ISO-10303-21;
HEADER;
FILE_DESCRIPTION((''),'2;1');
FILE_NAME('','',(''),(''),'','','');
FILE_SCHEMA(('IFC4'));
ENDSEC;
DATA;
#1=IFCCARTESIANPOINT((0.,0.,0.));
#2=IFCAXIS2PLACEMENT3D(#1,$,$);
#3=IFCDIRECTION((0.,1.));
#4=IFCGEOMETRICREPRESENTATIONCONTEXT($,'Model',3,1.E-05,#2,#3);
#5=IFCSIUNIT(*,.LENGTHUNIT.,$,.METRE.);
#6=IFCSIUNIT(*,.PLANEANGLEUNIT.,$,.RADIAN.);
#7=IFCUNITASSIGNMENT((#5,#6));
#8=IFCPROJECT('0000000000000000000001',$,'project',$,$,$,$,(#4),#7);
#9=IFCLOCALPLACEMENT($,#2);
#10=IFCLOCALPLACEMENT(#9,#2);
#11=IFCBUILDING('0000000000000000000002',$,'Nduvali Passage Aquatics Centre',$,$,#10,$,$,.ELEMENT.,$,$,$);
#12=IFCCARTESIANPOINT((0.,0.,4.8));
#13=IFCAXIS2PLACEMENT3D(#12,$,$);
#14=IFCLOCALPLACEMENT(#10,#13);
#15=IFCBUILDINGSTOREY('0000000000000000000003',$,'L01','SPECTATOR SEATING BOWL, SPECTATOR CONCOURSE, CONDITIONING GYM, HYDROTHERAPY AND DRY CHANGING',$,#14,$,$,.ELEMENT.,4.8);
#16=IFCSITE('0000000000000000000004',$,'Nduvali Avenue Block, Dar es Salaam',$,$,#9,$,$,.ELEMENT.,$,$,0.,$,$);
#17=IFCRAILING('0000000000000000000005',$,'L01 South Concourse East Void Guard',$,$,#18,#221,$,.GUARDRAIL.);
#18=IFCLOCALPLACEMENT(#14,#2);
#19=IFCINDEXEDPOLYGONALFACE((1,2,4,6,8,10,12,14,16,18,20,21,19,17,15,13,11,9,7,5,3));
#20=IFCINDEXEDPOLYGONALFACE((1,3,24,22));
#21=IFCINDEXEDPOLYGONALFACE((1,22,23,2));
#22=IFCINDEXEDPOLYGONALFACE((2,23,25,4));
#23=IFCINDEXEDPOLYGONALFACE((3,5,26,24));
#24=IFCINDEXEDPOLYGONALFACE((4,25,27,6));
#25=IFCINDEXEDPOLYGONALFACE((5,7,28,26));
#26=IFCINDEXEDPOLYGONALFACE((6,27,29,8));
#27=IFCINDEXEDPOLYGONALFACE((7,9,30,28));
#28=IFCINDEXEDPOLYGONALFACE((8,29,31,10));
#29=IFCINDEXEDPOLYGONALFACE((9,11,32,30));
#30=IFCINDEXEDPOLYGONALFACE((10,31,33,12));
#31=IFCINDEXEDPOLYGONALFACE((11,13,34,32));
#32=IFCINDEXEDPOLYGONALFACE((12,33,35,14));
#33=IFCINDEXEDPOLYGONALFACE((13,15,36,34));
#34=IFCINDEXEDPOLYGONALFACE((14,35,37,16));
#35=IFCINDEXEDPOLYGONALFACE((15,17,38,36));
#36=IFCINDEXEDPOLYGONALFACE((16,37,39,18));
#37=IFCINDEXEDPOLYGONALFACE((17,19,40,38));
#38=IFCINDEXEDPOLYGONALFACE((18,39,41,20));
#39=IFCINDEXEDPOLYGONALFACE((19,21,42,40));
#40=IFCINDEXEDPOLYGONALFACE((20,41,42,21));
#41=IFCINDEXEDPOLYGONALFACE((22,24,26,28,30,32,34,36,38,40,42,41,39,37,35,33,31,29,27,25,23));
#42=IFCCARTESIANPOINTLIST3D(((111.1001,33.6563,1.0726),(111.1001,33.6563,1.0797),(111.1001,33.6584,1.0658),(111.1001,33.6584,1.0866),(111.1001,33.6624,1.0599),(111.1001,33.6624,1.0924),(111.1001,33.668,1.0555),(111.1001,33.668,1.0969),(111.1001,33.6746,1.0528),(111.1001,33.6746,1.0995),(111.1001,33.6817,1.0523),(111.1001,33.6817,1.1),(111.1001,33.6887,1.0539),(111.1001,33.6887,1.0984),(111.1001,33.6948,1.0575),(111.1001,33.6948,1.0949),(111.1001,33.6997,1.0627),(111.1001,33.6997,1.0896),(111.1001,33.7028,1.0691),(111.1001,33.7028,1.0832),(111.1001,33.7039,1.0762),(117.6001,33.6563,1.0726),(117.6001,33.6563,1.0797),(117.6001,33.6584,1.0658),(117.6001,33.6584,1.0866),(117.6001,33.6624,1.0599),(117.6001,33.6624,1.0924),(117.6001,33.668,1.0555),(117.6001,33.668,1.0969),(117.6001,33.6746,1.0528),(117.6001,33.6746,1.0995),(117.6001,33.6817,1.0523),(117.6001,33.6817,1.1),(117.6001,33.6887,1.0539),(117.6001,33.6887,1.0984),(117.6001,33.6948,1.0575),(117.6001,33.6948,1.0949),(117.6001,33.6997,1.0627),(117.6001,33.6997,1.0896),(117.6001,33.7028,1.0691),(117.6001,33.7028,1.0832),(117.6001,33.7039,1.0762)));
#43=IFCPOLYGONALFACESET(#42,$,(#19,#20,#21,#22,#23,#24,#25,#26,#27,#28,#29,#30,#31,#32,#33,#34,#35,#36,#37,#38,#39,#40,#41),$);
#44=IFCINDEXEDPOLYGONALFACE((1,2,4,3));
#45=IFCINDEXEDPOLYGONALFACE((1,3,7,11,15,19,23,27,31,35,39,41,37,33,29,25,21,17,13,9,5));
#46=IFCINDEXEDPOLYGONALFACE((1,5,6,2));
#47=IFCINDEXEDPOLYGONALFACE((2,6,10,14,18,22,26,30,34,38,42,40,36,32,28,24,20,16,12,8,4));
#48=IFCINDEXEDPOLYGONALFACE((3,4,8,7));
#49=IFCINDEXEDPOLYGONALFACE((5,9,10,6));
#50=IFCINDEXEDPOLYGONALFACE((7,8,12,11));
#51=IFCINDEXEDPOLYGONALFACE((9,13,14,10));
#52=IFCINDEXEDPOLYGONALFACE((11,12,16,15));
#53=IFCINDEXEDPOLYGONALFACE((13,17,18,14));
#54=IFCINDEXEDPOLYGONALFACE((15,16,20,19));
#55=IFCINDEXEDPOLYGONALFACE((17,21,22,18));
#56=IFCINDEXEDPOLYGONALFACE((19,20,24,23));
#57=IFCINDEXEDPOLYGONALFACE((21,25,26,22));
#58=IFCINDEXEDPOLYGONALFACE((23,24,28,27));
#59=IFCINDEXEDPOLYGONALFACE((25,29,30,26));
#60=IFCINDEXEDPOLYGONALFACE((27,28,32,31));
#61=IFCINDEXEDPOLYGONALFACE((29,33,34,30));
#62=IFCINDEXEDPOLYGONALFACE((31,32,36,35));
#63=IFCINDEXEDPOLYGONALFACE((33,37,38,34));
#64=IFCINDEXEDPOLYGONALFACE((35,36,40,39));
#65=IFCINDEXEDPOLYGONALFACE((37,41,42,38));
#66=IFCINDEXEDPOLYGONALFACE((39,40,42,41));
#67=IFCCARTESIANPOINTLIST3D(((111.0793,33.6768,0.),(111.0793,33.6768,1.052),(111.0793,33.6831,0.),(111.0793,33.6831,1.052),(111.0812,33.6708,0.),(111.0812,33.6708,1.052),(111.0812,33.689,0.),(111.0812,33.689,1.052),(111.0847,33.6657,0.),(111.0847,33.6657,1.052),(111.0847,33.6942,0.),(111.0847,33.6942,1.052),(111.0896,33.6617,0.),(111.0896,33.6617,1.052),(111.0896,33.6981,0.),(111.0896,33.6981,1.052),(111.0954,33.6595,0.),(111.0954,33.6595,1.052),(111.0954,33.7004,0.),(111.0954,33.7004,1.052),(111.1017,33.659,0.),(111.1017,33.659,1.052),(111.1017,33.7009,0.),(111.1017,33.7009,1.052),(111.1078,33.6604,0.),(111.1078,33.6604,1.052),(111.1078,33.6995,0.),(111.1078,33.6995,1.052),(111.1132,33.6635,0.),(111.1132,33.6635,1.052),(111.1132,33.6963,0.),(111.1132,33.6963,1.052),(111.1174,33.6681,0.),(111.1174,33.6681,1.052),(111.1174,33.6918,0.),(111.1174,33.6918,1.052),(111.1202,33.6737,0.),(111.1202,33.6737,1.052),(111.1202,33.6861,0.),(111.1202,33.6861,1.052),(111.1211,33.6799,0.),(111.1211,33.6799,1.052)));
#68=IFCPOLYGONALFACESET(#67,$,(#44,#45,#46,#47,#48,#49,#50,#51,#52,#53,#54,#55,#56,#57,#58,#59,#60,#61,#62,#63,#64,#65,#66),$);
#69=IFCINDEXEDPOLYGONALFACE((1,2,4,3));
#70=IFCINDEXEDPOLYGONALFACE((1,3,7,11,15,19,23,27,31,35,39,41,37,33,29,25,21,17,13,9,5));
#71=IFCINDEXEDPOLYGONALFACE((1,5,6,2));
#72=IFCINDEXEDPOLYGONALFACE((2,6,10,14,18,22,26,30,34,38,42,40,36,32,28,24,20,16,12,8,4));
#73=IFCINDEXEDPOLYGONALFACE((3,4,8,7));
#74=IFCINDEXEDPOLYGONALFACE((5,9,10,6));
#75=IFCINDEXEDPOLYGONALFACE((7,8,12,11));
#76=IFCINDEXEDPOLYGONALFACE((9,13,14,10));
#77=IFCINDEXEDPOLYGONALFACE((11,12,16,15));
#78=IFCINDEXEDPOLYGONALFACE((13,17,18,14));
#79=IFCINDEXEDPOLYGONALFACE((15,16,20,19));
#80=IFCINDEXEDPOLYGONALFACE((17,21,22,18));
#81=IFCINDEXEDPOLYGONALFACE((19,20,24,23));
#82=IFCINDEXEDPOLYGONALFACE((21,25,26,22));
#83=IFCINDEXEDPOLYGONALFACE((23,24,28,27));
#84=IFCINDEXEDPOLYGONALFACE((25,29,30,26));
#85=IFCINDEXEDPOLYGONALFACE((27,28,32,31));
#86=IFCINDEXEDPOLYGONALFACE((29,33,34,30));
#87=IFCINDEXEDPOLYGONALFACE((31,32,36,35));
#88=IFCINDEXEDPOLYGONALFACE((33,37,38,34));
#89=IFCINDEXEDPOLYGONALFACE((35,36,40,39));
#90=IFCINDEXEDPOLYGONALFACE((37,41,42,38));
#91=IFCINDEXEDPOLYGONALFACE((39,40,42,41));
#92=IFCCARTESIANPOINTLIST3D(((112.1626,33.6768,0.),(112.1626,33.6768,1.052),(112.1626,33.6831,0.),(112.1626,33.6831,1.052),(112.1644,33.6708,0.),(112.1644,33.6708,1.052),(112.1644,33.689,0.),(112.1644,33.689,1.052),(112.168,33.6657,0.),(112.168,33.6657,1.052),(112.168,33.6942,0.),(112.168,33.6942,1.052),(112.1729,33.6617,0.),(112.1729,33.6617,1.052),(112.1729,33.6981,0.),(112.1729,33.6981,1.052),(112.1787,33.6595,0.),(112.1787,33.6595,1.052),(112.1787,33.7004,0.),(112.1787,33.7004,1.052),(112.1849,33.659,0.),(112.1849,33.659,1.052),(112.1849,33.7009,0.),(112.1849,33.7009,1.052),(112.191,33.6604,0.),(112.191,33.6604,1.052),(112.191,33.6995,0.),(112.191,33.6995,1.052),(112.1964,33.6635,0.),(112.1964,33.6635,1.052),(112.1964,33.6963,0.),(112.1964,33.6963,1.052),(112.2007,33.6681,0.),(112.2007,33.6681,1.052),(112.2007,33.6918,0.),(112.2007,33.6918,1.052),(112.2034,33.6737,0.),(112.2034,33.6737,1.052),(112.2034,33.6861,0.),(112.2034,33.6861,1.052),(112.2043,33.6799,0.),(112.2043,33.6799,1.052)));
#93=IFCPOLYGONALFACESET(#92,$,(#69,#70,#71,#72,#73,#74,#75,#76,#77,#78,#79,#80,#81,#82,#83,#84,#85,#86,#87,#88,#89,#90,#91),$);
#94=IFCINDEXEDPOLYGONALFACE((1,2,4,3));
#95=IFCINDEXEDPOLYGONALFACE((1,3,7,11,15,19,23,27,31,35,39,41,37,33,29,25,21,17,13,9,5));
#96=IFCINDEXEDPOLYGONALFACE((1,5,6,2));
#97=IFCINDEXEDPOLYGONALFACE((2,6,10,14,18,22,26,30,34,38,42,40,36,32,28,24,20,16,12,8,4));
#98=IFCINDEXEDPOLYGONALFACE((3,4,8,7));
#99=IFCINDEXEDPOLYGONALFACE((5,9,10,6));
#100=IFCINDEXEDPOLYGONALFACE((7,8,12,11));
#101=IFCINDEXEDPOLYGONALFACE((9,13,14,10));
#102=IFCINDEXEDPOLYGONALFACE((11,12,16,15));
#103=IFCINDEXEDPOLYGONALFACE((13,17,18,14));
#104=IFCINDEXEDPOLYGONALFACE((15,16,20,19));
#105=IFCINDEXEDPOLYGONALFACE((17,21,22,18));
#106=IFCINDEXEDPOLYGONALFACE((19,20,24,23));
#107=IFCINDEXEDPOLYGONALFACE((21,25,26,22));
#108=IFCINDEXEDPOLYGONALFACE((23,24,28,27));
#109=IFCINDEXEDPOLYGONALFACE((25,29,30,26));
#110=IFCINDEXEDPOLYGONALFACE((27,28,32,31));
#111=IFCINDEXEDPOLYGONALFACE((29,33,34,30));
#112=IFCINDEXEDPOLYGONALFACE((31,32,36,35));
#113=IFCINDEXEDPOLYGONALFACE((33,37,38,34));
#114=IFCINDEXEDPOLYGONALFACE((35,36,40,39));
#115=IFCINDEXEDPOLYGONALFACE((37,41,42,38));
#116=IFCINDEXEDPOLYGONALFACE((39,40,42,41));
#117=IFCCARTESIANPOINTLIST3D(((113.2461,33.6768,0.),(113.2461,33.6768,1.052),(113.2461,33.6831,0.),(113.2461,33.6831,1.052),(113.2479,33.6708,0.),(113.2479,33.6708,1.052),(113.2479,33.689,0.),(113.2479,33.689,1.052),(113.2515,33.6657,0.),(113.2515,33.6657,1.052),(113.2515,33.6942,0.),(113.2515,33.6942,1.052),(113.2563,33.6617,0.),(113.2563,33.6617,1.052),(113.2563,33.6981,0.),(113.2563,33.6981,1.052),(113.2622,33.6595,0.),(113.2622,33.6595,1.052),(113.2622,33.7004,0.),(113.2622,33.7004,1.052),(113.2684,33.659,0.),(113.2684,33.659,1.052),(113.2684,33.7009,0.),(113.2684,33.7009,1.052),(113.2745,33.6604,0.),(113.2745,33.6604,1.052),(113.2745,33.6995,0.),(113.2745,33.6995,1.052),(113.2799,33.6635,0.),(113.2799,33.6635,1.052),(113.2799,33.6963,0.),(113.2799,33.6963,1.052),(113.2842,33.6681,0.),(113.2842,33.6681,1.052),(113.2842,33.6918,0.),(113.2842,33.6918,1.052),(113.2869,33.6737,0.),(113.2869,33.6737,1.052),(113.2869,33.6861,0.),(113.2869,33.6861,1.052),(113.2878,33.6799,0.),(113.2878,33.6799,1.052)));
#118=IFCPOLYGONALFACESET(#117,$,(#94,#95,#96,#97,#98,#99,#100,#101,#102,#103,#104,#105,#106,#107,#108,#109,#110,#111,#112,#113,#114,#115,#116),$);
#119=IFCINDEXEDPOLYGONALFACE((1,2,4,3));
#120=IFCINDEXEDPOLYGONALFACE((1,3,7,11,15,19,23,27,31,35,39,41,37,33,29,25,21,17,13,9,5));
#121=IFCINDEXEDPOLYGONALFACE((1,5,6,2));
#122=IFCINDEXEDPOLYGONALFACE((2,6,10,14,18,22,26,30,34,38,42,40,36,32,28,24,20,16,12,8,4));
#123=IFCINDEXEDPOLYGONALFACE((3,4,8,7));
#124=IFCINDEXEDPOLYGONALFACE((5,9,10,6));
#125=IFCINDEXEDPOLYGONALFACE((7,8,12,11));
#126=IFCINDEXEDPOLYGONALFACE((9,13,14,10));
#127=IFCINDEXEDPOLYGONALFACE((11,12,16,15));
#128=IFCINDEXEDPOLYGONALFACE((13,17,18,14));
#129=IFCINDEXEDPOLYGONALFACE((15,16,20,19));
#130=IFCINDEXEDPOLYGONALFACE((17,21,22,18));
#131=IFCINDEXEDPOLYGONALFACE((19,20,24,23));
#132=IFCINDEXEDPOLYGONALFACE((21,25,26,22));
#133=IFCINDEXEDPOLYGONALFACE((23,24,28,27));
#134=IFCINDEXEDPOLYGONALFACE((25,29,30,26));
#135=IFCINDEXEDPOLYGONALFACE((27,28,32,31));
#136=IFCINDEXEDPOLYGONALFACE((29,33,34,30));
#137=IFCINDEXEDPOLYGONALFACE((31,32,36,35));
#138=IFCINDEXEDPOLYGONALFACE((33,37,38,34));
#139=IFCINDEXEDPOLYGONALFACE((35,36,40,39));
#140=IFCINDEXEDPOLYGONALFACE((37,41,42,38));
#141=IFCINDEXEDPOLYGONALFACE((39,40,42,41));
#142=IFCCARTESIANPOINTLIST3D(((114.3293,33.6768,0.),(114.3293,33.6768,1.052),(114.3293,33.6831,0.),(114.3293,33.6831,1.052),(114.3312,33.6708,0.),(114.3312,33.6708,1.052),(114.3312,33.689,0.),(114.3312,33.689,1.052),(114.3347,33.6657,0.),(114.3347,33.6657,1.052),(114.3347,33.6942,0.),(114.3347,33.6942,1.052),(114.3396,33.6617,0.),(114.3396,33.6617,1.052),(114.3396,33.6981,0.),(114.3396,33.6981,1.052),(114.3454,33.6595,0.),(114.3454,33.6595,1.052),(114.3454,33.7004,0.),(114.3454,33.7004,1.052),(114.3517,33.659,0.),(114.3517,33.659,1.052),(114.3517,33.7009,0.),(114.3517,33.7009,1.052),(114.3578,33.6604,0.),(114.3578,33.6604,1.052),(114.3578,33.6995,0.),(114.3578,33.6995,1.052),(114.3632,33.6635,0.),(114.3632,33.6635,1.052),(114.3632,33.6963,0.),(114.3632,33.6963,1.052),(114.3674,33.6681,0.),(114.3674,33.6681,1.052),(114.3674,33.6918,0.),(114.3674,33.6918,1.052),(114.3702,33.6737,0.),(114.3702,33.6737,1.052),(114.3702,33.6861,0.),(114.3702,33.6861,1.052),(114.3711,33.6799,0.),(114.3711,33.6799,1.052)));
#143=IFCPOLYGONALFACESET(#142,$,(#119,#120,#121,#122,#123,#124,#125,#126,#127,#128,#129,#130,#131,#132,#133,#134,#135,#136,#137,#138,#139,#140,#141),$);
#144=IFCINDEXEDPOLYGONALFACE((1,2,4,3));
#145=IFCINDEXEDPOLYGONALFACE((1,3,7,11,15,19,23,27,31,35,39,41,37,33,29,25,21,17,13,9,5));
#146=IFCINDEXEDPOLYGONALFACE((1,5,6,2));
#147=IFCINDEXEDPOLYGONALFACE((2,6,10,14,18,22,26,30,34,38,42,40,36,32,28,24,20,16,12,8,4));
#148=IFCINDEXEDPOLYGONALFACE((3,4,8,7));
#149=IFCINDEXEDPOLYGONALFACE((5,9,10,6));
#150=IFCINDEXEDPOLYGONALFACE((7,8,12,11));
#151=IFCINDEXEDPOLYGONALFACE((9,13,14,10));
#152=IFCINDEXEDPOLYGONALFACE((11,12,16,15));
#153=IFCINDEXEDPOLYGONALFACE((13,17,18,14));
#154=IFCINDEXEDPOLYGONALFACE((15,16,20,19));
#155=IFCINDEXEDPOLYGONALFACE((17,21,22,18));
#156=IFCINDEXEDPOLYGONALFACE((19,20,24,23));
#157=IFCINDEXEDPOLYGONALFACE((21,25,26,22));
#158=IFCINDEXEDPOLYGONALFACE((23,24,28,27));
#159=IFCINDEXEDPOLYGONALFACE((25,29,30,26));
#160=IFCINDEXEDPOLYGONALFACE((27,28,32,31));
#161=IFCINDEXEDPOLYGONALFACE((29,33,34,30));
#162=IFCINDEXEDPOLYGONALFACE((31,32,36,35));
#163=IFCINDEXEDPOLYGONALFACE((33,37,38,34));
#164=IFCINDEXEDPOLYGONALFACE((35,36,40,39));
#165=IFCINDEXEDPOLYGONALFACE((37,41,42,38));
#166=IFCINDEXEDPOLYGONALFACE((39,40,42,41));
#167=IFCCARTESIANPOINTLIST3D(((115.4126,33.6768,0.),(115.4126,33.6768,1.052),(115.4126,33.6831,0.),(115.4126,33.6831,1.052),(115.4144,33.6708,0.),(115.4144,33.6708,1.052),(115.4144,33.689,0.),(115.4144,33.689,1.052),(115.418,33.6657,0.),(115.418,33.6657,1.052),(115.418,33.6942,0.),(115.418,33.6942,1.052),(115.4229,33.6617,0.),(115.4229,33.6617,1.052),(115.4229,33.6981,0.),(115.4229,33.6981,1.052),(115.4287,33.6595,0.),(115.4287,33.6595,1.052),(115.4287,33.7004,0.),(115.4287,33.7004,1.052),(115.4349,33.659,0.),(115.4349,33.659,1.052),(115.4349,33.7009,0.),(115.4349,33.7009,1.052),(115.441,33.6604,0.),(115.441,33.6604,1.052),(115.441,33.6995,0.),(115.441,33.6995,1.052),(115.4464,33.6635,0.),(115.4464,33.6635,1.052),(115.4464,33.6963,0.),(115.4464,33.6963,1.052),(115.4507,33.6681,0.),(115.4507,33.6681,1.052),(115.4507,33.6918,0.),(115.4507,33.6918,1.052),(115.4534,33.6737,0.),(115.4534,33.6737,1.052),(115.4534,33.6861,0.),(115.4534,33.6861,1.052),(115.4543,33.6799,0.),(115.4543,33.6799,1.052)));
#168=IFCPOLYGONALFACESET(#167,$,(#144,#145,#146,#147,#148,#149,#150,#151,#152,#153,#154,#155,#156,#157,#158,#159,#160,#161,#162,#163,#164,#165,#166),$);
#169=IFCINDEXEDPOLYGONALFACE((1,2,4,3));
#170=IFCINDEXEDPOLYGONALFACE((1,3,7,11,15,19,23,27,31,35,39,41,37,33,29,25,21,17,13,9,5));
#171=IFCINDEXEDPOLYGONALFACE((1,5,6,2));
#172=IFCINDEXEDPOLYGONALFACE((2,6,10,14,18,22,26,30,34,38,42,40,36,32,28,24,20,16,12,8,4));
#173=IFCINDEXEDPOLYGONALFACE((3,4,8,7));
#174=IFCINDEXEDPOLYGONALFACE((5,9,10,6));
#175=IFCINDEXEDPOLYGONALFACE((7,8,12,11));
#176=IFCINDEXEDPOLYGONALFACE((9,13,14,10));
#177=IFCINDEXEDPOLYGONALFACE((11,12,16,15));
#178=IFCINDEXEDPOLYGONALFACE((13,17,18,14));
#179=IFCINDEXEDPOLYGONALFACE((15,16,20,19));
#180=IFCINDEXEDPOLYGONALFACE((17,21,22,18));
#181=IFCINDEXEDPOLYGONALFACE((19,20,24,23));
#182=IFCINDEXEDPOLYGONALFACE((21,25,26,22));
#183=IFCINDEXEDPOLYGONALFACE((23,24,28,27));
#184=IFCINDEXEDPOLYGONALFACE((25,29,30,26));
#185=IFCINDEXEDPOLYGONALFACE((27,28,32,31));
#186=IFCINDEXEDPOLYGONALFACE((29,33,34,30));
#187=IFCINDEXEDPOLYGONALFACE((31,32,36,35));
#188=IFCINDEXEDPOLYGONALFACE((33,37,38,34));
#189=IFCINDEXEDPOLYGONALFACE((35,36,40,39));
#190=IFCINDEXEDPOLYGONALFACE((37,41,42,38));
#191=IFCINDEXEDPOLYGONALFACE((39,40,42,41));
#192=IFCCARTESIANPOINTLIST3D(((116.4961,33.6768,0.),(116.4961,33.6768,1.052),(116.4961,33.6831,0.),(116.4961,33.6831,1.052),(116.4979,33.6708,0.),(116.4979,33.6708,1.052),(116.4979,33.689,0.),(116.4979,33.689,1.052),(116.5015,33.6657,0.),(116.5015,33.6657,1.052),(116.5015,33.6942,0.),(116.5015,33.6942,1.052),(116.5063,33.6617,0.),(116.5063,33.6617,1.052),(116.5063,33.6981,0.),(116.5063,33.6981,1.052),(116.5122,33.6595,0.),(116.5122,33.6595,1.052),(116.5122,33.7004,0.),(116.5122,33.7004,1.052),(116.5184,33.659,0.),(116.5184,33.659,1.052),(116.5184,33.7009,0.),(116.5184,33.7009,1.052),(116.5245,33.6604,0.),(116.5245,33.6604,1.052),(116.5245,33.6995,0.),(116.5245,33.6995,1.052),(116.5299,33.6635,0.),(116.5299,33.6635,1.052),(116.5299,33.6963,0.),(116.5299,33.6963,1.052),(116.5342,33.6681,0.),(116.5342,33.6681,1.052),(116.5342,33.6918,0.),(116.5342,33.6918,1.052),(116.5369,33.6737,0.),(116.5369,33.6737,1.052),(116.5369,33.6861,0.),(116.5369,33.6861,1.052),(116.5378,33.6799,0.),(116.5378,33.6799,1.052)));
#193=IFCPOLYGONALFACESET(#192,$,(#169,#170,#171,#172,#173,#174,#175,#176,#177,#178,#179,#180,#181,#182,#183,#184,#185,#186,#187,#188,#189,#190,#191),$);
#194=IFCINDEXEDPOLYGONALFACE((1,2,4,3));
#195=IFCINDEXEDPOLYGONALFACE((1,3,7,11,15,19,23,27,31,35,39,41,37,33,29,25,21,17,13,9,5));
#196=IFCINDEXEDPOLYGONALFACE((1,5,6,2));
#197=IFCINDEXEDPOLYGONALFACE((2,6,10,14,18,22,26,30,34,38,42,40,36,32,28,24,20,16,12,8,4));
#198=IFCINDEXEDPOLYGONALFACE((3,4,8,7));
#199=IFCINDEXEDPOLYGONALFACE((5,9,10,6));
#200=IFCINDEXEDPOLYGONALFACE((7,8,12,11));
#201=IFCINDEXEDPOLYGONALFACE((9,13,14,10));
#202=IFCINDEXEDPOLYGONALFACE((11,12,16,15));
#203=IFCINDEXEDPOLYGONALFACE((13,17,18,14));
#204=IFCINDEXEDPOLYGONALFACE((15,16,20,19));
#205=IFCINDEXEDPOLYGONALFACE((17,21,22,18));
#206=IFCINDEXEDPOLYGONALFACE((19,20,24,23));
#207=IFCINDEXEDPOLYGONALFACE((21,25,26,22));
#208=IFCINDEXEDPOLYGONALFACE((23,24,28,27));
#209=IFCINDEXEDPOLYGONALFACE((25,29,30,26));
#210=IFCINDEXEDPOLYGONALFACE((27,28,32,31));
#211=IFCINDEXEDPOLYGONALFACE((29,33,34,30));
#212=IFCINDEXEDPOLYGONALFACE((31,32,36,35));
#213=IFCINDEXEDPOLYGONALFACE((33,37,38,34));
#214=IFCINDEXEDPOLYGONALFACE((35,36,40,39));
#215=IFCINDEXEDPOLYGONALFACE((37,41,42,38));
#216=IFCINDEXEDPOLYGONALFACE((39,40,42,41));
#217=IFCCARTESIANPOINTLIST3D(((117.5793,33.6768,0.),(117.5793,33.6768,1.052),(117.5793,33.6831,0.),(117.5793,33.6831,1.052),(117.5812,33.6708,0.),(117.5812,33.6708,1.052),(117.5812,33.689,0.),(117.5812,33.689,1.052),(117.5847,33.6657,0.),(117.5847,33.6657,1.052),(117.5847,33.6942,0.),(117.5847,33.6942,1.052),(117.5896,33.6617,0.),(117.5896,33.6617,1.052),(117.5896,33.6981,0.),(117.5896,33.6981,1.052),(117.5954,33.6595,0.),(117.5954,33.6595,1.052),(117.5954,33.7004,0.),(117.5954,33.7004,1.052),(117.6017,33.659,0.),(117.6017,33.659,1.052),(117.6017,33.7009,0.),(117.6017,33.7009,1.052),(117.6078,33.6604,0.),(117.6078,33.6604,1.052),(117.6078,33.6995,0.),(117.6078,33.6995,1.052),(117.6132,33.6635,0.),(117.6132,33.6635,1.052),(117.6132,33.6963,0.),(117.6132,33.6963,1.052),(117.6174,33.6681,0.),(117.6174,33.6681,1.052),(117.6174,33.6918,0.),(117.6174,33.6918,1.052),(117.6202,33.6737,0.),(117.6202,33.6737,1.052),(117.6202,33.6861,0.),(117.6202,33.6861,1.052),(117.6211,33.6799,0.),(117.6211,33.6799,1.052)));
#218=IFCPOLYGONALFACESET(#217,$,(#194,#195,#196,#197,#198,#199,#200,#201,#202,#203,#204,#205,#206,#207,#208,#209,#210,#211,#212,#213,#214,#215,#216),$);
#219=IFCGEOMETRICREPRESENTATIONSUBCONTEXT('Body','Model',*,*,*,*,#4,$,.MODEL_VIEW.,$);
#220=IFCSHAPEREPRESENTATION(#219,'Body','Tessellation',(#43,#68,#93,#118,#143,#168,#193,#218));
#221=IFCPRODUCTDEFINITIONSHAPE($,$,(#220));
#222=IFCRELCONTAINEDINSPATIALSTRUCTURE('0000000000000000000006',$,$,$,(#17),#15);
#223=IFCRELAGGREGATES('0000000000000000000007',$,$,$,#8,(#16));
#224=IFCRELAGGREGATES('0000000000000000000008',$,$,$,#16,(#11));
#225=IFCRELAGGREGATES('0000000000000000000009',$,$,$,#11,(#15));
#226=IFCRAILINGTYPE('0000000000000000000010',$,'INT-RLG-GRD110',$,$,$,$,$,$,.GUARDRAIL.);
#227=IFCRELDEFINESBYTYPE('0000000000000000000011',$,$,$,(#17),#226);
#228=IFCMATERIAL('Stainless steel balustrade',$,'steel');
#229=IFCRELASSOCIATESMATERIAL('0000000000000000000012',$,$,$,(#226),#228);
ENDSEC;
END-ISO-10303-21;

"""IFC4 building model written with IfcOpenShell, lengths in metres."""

from ifc_helpers import new_model, si_unit, direction, frame, origin, origin_2d, place, context, subcontext, project, spatial, circle, extrude, material, type_object, element, save


model = new_model("IFC4")

# Units and contexts
model_context = context("Model", 3, precision=1e-05, world=origin(), true_north=direction((0.0, 1.0)))
body_context = subcontext(model_context, "Body", "Model", "MODEL_VIEW")
ifc_project = project(units=[si_unit("LENGTHUNIT", "METRE"), si_unit("PLANEANGLEUNIT", "RADIAN")], contexts=[model_context])

# Site, building, storey
site_placement = place(None, origin())
site = spatial("IfcSite", under=ifc_project, at=site_placement, Name="Nduvali Avenue Block, Dar es Salaam", CompositionType="ELEMENT", RefElevation=0.0)
building_placement = place(site_placement, origin())
building = spatial("IfcBuilding", under=site, at=building_placement, Name="Nduvali Passage Aquatics Centre", CompositionType="ELEMENT")
storey_placement = place(building_placement, frame((0.0, 0.0, 4.8)))
storey = spatial("IfcBuildingStorey", under=building, at=storey_placement, Name="L01", Description="SPECTATOR SEATING BOWL, SPECTATOR CONCOURSE, CONDITIONING GYM, HYDROTHERAPY AND DRY CHANGING", CompositionType="ELEMENT", Elevation=4.8)

# Railing
ifc_material_1 = material(Name="Stainless steel balustrade", Category="steel")
railing_type = type_object("IfcRailingType", Name="INT-RLG-GRD110", PredefinedType="GUARDRAIL", material=ifc_material_1)
railing_1_placement = place(storey_placement, frame((111.1001, 33.6799, 0.0)))
element("IfcRailing", 1, at=railing_1_placement, inside=storey, type_object=railing_type, Name="L01 South Concourse East Void Guard", PredefinedType="GUARDRAIL", context=body_context, shape_type="SweptSolid", body=[
    extrude(circle(Radius=0.0239, at=origin_2d()), frame((0.0, 0.0, 1.0762), z_axis=(1.0, 0.0, 0.0), x_axis=(0.0, 1.0, 0.0)), (0.0, 0.0, 1.0), 6.5),
    extrude(circle(Radius=0.021, at=origin_2d()), origin(), (0.0, 0.0, 1.0), 1.052),
    extrude(circle(Radius=0.021, at=origin_2d()), frame((1.0833, 0.0, 0.0)), (0.0, 0.0, 1.0), 1.052),
    extrude(circle(Radius=0.021, at=origin_2d()), frame((2.1667, 0.0, 0.0)), (0.0, 0.0, 1.0), 1.052),
    extrude(circle(Radius=0.021, at=origin_2d()), frame((3.25, 0.0, 0.0)), (0.0, 0.0, 1.0), 1.052),
    extrude(circle(Radius=0.021, at=origin_2d()), frame((4.3333, 0.0, 0.0)), (0.0, 0.0, 1.0), 1.052),
    extrude(circle(Radius=0.021, at=origin_2d()), frame((5.4167, 0.0, 0.0)), (0.0, 0.0, 1.0), 1.052),
    extrude(circle(Radius=0.021, at=origin_2d()), frame((6.5, 0.0, 0.0)), (0.0, 0.0, 1.0), 1.052),
])

save(model, "model.ifc")
